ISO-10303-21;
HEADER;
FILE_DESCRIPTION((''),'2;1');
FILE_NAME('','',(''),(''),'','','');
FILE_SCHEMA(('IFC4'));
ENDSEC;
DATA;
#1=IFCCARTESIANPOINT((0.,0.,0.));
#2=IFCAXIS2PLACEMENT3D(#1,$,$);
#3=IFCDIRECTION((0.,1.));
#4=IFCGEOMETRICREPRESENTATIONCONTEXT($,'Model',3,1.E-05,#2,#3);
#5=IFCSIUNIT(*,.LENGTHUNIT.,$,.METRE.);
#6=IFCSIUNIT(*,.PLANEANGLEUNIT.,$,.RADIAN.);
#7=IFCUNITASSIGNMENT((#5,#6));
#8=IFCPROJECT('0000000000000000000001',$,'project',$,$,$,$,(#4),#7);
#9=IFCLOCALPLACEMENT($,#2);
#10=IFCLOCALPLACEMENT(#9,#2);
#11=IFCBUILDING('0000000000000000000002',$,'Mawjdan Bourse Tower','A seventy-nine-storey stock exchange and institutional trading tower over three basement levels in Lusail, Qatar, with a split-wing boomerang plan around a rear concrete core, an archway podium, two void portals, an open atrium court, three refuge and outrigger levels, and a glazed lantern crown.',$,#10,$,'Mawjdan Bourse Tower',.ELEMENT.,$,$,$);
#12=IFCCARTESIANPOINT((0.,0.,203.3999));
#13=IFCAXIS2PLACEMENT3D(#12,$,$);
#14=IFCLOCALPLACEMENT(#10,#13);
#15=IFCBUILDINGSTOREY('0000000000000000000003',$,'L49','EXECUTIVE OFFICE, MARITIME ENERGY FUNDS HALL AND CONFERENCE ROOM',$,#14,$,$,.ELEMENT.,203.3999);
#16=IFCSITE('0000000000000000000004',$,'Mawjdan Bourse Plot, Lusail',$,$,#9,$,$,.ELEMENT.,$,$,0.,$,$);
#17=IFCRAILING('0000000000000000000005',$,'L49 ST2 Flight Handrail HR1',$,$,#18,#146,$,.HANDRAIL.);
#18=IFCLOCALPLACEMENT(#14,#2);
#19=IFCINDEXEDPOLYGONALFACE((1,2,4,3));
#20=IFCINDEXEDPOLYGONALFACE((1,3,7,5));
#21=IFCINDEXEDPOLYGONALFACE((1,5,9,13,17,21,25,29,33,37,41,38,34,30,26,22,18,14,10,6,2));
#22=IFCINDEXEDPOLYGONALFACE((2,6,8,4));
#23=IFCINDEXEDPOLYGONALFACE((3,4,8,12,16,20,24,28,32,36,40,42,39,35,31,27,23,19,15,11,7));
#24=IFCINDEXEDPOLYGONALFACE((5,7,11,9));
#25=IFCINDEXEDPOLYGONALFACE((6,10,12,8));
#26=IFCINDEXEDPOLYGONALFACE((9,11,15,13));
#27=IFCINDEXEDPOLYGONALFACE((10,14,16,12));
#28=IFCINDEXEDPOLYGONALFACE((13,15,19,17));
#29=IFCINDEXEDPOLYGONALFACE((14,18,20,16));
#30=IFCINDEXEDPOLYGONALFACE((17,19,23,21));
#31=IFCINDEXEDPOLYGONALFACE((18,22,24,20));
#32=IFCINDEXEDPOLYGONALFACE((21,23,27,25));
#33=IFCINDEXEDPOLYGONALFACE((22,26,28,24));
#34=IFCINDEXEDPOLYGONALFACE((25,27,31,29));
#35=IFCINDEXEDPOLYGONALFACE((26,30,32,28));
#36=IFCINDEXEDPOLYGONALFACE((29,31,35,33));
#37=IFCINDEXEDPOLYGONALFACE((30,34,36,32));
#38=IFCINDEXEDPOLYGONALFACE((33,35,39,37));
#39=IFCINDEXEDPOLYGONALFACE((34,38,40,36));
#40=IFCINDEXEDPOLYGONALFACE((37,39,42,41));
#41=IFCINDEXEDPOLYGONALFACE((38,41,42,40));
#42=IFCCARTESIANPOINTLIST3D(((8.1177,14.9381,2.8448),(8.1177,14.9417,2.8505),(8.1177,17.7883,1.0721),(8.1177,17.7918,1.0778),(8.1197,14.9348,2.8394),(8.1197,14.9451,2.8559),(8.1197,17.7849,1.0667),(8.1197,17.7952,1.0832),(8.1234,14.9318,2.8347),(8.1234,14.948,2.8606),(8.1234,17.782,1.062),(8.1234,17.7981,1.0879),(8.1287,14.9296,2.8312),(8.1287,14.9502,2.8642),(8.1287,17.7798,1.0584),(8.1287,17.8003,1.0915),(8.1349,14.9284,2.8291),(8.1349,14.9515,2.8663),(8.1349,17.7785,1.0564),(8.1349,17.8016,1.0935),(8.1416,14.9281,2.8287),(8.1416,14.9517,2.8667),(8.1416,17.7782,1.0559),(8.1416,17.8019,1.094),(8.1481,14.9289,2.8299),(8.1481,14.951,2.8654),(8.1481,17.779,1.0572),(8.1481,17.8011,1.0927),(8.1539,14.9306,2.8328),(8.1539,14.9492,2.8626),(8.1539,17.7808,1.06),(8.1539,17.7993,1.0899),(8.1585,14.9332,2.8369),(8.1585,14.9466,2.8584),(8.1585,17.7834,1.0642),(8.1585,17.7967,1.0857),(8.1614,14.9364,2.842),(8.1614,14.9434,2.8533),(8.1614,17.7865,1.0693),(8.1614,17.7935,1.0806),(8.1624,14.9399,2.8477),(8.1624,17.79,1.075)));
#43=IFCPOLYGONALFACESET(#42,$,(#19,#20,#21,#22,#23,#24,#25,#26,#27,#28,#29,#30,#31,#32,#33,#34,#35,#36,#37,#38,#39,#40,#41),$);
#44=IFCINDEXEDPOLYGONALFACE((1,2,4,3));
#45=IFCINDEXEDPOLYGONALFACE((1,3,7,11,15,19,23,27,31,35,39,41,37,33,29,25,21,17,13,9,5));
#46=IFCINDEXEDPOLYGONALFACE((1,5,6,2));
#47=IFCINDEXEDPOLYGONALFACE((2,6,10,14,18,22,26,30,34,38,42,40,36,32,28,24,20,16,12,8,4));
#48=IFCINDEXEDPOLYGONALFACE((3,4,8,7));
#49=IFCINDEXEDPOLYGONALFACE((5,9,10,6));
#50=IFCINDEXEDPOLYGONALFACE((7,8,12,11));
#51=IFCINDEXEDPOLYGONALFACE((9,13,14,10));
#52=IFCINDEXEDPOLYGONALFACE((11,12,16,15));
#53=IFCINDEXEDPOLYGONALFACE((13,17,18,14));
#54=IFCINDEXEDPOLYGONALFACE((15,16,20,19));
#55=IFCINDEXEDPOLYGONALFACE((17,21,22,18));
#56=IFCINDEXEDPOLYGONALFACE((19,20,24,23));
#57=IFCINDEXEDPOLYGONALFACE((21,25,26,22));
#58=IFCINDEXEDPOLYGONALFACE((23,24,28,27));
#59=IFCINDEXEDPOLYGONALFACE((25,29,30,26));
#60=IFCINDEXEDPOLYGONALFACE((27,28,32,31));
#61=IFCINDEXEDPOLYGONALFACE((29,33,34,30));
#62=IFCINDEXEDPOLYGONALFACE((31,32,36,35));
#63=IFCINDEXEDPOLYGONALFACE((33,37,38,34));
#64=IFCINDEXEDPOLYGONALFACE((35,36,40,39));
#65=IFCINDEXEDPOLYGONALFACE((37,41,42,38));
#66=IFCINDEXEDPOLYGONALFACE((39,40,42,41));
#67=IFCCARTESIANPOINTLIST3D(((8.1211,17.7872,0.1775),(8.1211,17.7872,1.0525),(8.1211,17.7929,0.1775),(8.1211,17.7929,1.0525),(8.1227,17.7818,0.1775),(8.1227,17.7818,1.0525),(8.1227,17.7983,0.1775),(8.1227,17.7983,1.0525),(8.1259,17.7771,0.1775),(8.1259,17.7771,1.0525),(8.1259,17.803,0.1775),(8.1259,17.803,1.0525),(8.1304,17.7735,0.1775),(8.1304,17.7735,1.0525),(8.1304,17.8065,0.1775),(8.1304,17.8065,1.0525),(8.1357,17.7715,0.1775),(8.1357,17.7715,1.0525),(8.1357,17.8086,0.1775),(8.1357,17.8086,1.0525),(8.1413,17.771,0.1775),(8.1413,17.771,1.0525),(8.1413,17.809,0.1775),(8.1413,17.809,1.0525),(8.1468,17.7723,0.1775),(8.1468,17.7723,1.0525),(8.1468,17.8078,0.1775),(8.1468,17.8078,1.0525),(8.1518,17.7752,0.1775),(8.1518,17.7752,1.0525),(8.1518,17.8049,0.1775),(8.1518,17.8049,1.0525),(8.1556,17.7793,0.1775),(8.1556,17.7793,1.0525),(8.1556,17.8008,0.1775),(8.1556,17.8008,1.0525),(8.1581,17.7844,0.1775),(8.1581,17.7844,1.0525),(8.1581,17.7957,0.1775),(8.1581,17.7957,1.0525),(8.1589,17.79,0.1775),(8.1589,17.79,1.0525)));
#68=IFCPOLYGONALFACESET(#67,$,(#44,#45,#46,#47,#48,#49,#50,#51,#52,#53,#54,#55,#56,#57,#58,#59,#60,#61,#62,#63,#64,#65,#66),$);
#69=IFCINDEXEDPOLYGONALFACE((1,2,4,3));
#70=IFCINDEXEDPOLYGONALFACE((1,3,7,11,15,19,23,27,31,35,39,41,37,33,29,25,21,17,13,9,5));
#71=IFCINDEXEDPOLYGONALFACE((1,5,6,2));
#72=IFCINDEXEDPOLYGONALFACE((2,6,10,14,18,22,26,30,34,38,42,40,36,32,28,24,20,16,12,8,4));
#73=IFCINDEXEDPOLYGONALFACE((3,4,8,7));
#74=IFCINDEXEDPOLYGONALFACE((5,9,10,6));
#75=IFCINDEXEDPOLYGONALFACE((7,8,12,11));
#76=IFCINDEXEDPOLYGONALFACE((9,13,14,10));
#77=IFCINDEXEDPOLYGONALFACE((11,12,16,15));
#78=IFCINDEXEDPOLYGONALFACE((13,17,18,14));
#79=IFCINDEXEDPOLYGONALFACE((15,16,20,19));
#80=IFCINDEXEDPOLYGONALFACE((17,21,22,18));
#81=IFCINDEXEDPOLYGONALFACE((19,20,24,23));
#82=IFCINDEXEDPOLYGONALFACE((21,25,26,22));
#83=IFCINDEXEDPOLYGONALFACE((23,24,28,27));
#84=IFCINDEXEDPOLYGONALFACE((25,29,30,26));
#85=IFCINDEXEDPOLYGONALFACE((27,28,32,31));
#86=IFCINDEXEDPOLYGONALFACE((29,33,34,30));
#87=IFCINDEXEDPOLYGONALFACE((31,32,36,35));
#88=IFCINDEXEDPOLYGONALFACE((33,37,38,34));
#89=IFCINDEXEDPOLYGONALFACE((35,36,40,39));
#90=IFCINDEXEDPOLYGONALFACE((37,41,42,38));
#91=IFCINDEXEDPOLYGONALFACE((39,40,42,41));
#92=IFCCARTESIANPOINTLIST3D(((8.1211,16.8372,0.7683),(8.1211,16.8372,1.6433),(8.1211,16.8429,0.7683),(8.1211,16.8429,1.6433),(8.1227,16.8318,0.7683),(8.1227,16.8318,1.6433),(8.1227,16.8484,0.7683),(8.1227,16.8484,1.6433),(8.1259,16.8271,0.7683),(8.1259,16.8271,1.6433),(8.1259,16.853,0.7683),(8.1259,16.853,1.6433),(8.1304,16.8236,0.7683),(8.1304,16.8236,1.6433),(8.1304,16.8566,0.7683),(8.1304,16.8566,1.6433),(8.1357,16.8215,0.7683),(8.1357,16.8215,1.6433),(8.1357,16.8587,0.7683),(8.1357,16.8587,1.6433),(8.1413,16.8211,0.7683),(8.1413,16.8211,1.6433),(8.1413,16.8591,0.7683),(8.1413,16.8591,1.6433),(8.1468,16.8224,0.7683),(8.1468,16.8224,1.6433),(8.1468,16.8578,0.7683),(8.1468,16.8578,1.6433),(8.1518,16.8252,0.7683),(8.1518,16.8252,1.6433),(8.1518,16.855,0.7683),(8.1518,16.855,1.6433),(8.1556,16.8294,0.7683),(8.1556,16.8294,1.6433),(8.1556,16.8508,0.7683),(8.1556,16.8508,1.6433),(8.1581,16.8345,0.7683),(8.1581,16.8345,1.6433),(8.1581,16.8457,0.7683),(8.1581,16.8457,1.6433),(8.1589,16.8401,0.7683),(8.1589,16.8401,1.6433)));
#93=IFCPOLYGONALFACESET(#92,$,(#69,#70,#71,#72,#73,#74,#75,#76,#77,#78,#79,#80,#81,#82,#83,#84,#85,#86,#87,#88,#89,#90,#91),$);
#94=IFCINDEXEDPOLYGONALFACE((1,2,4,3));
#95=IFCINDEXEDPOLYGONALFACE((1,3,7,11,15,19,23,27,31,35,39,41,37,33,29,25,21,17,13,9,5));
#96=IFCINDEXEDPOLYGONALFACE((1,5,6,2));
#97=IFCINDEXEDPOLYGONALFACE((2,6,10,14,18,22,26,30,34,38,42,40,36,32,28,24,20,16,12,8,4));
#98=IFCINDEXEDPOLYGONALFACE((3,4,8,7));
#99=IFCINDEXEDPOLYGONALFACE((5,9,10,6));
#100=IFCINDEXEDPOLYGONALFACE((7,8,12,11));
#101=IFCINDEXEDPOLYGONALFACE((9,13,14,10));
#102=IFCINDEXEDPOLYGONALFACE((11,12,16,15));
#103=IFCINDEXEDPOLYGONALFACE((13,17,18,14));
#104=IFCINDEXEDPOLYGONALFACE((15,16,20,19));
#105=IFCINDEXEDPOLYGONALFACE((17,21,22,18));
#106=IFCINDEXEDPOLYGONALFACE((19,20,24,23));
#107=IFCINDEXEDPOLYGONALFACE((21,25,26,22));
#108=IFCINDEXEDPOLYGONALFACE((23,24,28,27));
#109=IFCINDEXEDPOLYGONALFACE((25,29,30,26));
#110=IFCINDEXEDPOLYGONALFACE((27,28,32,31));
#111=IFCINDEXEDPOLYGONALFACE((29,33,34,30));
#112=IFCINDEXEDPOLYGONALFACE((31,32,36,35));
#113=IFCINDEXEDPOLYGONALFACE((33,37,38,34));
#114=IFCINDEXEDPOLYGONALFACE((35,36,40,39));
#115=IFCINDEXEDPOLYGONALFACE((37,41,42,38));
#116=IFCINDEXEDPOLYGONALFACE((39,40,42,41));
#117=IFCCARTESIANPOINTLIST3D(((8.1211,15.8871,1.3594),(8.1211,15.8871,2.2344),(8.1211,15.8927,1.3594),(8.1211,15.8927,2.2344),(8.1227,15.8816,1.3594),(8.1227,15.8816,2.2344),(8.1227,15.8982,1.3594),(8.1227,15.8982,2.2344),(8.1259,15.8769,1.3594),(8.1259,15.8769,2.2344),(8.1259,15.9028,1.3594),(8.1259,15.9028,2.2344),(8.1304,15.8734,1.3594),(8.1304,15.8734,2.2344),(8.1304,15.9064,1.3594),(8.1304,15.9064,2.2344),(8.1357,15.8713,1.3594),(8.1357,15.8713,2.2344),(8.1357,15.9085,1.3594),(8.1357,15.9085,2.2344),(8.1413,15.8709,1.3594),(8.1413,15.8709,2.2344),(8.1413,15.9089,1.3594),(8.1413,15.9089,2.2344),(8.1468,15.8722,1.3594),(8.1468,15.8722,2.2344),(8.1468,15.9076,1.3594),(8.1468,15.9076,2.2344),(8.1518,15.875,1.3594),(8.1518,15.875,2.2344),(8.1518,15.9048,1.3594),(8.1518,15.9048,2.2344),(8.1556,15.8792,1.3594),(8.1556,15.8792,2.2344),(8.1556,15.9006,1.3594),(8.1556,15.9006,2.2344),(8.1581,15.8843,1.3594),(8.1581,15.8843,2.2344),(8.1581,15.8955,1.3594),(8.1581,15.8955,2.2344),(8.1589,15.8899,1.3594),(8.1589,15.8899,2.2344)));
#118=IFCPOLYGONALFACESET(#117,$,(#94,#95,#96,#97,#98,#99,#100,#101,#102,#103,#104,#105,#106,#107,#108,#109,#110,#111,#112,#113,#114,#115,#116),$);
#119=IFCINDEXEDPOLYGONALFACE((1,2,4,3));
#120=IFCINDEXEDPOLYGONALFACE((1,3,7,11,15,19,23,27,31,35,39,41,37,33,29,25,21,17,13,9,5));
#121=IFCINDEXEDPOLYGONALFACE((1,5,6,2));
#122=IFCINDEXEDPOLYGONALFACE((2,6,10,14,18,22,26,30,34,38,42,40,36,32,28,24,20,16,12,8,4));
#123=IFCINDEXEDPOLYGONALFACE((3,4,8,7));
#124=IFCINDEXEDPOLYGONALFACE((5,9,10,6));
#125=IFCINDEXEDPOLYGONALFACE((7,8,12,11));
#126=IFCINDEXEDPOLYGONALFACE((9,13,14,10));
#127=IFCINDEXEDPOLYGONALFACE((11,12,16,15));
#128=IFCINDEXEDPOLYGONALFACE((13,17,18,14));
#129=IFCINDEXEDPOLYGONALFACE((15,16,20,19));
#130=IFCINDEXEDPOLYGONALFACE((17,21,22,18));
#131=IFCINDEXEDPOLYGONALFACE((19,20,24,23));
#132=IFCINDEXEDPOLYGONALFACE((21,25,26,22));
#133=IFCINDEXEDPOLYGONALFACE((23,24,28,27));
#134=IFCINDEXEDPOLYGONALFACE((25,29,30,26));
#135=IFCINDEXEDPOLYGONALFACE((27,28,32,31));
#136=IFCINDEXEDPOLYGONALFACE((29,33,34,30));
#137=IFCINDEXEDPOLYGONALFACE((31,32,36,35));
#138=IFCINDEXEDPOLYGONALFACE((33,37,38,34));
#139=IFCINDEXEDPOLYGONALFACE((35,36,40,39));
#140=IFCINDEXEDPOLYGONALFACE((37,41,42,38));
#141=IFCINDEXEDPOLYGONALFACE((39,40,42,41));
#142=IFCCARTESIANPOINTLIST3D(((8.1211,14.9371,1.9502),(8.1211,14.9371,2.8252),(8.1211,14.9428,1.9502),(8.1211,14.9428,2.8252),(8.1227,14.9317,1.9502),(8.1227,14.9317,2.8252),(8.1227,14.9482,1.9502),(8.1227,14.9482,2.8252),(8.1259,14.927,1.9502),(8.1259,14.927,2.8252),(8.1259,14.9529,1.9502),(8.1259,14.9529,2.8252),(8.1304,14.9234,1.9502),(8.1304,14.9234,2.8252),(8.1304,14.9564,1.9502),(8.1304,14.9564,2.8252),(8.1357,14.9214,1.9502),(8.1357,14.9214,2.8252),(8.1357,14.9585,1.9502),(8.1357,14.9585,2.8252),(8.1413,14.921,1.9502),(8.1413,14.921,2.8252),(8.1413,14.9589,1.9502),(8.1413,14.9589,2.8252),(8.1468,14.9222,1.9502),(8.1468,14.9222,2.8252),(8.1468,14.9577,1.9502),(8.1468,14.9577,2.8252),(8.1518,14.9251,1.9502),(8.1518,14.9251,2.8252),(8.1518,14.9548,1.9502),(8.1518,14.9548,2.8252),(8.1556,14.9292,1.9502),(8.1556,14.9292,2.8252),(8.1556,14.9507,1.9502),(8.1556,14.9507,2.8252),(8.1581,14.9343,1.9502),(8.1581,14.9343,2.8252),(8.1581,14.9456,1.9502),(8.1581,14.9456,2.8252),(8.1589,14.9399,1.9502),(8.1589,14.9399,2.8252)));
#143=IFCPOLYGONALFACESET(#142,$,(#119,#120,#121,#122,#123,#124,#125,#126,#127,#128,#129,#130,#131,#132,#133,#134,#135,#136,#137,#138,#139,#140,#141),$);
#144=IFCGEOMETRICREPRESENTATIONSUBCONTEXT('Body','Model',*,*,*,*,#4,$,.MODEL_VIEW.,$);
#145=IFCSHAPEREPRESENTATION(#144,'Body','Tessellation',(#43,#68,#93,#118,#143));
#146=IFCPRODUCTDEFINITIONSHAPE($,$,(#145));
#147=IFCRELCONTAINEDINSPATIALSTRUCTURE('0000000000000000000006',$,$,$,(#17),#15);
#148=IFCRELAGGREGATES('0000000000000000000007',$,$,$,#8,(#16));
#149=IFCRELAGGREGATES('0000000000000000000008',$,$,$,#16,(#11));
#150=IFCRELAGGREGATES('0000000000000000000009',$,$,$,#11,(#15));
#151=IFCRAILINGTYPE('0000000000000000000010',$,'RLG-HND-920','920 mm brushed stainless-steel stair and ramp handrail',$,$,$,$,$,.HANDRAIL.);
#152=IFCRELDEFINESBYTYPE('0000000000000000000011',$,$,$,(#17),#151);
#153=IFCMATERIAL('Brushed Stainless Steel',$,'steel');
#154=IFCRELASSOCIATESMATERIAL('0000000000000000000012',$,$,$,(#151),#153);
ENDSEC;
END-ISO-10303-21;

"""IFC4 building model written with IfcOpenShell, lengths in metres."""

from ifc_helpers import new_model, si_unit, direction, frame, origin, origin_2d, place, context, subcontext, project, spatial, circle, extrude, material, type_object, element, save


model = new_model("IFC4")

# Units and contexts
model_context = context("Model", 3, precision=1e-05, world=origin(), true_north=direction((0.0, 1.0)))
body_context = subcontext(model_context, "Body", "Model", "MODEL_VIEW")
ifc_project = project(units=[si_unit("LENGTHUNIT", "METRE"), si_unit("PLANEANGLEUNIT", "RADIAN")], contexts=[model_context])

# Site, building, storey
site_placement = place(None, origin())
site = spatial("IfcSite", under=ifc_project, at=site_placement, Name="Mawjdan Bourse Plot, Lusail", CompositionType="ELEMENT", RefElevation=0.0)
building_placement = place(site_placement, origin())
building = spatial("IfcBuilding", under=site, at=building_placement, Name="Mawjdan Bourse Tower", Description="A seventy-nine-storey stock exchange and institutional trading tower over three basement levels in Lusail, Qatar, with a split-wing boomerang plan around a rear concrete core, an archway podium, two void portals, an open atrium court, three refuge and outrigger levels, and a glazed lantern crown.", LongName="Mawjdan Bourse Tower", CompositionType="ELEMENT")
storey_placement = place(building_placement, frame((0.0, 0.0, 203.3999)))
storey = spatial("IfcBuildingStorey", under=building, at=storey_placement, Name="L49", Description="EXECUTIVE OFFICE, MARITIME ENERGY FUNDS HALL AND CONFERENCE ROOM", CompositionType="ELEMENT", Elevation=203.3999)

# Railing
ifc_material_1 = material(Name="Brushed Stainless Steel", Category="steel")
railing_type = type_object("IfcRailingType", Name="RLG-HND-920", Description="920 mm brushed stainless-steel stair and ramp handrail", PredefinedType="HANDRAIL", material=ifc_material_1)
railing_1_placement = place(storey_placement, frame((8.1399, 17.79, 0.1775)))
element("IfcRailing", 1, at=railing_1_placement, inside=storey, type_object=railing_type, Name="L49 ST2 Flight Handrail HR1", PredefinedType="HANDRAIL", context=body_context, shape_type="SweptSolid", body=[
    extrude(circle(Radius=0.0225, at=origin_2d()), frame((0.0, 0.0, 0.8975), z_axis=(0.0, -0.849149, 0.528154), x_axis=(1.0, 0.0, 0.0)), (0.0, 0.0, 1.0), 3.3564),
    extrude(circle(Radius=0.019, at=origin_2d()), origin(), (0.0, 0.0, 1.0), 0.875),
    extrude(circle(Radius=0.019, at=origin_2d()), frame((0.0, -0.95, 0.5908)), (0.0, 0.0, 1.0), 0.875),
    extrude(circle(Radius=0.019, at=origin_2d()), frame((0.0, -1.9001, 1.1819)), (0.0, 0.0, 1.0), 0.875),
    extrude(circle(Radius=0.019, at=origin_2d()), frame((0.0, -2.8501, 1.7727)), (0.0, 0.0, 1.0), 0.875),
])

save(model, "model.ifc")
